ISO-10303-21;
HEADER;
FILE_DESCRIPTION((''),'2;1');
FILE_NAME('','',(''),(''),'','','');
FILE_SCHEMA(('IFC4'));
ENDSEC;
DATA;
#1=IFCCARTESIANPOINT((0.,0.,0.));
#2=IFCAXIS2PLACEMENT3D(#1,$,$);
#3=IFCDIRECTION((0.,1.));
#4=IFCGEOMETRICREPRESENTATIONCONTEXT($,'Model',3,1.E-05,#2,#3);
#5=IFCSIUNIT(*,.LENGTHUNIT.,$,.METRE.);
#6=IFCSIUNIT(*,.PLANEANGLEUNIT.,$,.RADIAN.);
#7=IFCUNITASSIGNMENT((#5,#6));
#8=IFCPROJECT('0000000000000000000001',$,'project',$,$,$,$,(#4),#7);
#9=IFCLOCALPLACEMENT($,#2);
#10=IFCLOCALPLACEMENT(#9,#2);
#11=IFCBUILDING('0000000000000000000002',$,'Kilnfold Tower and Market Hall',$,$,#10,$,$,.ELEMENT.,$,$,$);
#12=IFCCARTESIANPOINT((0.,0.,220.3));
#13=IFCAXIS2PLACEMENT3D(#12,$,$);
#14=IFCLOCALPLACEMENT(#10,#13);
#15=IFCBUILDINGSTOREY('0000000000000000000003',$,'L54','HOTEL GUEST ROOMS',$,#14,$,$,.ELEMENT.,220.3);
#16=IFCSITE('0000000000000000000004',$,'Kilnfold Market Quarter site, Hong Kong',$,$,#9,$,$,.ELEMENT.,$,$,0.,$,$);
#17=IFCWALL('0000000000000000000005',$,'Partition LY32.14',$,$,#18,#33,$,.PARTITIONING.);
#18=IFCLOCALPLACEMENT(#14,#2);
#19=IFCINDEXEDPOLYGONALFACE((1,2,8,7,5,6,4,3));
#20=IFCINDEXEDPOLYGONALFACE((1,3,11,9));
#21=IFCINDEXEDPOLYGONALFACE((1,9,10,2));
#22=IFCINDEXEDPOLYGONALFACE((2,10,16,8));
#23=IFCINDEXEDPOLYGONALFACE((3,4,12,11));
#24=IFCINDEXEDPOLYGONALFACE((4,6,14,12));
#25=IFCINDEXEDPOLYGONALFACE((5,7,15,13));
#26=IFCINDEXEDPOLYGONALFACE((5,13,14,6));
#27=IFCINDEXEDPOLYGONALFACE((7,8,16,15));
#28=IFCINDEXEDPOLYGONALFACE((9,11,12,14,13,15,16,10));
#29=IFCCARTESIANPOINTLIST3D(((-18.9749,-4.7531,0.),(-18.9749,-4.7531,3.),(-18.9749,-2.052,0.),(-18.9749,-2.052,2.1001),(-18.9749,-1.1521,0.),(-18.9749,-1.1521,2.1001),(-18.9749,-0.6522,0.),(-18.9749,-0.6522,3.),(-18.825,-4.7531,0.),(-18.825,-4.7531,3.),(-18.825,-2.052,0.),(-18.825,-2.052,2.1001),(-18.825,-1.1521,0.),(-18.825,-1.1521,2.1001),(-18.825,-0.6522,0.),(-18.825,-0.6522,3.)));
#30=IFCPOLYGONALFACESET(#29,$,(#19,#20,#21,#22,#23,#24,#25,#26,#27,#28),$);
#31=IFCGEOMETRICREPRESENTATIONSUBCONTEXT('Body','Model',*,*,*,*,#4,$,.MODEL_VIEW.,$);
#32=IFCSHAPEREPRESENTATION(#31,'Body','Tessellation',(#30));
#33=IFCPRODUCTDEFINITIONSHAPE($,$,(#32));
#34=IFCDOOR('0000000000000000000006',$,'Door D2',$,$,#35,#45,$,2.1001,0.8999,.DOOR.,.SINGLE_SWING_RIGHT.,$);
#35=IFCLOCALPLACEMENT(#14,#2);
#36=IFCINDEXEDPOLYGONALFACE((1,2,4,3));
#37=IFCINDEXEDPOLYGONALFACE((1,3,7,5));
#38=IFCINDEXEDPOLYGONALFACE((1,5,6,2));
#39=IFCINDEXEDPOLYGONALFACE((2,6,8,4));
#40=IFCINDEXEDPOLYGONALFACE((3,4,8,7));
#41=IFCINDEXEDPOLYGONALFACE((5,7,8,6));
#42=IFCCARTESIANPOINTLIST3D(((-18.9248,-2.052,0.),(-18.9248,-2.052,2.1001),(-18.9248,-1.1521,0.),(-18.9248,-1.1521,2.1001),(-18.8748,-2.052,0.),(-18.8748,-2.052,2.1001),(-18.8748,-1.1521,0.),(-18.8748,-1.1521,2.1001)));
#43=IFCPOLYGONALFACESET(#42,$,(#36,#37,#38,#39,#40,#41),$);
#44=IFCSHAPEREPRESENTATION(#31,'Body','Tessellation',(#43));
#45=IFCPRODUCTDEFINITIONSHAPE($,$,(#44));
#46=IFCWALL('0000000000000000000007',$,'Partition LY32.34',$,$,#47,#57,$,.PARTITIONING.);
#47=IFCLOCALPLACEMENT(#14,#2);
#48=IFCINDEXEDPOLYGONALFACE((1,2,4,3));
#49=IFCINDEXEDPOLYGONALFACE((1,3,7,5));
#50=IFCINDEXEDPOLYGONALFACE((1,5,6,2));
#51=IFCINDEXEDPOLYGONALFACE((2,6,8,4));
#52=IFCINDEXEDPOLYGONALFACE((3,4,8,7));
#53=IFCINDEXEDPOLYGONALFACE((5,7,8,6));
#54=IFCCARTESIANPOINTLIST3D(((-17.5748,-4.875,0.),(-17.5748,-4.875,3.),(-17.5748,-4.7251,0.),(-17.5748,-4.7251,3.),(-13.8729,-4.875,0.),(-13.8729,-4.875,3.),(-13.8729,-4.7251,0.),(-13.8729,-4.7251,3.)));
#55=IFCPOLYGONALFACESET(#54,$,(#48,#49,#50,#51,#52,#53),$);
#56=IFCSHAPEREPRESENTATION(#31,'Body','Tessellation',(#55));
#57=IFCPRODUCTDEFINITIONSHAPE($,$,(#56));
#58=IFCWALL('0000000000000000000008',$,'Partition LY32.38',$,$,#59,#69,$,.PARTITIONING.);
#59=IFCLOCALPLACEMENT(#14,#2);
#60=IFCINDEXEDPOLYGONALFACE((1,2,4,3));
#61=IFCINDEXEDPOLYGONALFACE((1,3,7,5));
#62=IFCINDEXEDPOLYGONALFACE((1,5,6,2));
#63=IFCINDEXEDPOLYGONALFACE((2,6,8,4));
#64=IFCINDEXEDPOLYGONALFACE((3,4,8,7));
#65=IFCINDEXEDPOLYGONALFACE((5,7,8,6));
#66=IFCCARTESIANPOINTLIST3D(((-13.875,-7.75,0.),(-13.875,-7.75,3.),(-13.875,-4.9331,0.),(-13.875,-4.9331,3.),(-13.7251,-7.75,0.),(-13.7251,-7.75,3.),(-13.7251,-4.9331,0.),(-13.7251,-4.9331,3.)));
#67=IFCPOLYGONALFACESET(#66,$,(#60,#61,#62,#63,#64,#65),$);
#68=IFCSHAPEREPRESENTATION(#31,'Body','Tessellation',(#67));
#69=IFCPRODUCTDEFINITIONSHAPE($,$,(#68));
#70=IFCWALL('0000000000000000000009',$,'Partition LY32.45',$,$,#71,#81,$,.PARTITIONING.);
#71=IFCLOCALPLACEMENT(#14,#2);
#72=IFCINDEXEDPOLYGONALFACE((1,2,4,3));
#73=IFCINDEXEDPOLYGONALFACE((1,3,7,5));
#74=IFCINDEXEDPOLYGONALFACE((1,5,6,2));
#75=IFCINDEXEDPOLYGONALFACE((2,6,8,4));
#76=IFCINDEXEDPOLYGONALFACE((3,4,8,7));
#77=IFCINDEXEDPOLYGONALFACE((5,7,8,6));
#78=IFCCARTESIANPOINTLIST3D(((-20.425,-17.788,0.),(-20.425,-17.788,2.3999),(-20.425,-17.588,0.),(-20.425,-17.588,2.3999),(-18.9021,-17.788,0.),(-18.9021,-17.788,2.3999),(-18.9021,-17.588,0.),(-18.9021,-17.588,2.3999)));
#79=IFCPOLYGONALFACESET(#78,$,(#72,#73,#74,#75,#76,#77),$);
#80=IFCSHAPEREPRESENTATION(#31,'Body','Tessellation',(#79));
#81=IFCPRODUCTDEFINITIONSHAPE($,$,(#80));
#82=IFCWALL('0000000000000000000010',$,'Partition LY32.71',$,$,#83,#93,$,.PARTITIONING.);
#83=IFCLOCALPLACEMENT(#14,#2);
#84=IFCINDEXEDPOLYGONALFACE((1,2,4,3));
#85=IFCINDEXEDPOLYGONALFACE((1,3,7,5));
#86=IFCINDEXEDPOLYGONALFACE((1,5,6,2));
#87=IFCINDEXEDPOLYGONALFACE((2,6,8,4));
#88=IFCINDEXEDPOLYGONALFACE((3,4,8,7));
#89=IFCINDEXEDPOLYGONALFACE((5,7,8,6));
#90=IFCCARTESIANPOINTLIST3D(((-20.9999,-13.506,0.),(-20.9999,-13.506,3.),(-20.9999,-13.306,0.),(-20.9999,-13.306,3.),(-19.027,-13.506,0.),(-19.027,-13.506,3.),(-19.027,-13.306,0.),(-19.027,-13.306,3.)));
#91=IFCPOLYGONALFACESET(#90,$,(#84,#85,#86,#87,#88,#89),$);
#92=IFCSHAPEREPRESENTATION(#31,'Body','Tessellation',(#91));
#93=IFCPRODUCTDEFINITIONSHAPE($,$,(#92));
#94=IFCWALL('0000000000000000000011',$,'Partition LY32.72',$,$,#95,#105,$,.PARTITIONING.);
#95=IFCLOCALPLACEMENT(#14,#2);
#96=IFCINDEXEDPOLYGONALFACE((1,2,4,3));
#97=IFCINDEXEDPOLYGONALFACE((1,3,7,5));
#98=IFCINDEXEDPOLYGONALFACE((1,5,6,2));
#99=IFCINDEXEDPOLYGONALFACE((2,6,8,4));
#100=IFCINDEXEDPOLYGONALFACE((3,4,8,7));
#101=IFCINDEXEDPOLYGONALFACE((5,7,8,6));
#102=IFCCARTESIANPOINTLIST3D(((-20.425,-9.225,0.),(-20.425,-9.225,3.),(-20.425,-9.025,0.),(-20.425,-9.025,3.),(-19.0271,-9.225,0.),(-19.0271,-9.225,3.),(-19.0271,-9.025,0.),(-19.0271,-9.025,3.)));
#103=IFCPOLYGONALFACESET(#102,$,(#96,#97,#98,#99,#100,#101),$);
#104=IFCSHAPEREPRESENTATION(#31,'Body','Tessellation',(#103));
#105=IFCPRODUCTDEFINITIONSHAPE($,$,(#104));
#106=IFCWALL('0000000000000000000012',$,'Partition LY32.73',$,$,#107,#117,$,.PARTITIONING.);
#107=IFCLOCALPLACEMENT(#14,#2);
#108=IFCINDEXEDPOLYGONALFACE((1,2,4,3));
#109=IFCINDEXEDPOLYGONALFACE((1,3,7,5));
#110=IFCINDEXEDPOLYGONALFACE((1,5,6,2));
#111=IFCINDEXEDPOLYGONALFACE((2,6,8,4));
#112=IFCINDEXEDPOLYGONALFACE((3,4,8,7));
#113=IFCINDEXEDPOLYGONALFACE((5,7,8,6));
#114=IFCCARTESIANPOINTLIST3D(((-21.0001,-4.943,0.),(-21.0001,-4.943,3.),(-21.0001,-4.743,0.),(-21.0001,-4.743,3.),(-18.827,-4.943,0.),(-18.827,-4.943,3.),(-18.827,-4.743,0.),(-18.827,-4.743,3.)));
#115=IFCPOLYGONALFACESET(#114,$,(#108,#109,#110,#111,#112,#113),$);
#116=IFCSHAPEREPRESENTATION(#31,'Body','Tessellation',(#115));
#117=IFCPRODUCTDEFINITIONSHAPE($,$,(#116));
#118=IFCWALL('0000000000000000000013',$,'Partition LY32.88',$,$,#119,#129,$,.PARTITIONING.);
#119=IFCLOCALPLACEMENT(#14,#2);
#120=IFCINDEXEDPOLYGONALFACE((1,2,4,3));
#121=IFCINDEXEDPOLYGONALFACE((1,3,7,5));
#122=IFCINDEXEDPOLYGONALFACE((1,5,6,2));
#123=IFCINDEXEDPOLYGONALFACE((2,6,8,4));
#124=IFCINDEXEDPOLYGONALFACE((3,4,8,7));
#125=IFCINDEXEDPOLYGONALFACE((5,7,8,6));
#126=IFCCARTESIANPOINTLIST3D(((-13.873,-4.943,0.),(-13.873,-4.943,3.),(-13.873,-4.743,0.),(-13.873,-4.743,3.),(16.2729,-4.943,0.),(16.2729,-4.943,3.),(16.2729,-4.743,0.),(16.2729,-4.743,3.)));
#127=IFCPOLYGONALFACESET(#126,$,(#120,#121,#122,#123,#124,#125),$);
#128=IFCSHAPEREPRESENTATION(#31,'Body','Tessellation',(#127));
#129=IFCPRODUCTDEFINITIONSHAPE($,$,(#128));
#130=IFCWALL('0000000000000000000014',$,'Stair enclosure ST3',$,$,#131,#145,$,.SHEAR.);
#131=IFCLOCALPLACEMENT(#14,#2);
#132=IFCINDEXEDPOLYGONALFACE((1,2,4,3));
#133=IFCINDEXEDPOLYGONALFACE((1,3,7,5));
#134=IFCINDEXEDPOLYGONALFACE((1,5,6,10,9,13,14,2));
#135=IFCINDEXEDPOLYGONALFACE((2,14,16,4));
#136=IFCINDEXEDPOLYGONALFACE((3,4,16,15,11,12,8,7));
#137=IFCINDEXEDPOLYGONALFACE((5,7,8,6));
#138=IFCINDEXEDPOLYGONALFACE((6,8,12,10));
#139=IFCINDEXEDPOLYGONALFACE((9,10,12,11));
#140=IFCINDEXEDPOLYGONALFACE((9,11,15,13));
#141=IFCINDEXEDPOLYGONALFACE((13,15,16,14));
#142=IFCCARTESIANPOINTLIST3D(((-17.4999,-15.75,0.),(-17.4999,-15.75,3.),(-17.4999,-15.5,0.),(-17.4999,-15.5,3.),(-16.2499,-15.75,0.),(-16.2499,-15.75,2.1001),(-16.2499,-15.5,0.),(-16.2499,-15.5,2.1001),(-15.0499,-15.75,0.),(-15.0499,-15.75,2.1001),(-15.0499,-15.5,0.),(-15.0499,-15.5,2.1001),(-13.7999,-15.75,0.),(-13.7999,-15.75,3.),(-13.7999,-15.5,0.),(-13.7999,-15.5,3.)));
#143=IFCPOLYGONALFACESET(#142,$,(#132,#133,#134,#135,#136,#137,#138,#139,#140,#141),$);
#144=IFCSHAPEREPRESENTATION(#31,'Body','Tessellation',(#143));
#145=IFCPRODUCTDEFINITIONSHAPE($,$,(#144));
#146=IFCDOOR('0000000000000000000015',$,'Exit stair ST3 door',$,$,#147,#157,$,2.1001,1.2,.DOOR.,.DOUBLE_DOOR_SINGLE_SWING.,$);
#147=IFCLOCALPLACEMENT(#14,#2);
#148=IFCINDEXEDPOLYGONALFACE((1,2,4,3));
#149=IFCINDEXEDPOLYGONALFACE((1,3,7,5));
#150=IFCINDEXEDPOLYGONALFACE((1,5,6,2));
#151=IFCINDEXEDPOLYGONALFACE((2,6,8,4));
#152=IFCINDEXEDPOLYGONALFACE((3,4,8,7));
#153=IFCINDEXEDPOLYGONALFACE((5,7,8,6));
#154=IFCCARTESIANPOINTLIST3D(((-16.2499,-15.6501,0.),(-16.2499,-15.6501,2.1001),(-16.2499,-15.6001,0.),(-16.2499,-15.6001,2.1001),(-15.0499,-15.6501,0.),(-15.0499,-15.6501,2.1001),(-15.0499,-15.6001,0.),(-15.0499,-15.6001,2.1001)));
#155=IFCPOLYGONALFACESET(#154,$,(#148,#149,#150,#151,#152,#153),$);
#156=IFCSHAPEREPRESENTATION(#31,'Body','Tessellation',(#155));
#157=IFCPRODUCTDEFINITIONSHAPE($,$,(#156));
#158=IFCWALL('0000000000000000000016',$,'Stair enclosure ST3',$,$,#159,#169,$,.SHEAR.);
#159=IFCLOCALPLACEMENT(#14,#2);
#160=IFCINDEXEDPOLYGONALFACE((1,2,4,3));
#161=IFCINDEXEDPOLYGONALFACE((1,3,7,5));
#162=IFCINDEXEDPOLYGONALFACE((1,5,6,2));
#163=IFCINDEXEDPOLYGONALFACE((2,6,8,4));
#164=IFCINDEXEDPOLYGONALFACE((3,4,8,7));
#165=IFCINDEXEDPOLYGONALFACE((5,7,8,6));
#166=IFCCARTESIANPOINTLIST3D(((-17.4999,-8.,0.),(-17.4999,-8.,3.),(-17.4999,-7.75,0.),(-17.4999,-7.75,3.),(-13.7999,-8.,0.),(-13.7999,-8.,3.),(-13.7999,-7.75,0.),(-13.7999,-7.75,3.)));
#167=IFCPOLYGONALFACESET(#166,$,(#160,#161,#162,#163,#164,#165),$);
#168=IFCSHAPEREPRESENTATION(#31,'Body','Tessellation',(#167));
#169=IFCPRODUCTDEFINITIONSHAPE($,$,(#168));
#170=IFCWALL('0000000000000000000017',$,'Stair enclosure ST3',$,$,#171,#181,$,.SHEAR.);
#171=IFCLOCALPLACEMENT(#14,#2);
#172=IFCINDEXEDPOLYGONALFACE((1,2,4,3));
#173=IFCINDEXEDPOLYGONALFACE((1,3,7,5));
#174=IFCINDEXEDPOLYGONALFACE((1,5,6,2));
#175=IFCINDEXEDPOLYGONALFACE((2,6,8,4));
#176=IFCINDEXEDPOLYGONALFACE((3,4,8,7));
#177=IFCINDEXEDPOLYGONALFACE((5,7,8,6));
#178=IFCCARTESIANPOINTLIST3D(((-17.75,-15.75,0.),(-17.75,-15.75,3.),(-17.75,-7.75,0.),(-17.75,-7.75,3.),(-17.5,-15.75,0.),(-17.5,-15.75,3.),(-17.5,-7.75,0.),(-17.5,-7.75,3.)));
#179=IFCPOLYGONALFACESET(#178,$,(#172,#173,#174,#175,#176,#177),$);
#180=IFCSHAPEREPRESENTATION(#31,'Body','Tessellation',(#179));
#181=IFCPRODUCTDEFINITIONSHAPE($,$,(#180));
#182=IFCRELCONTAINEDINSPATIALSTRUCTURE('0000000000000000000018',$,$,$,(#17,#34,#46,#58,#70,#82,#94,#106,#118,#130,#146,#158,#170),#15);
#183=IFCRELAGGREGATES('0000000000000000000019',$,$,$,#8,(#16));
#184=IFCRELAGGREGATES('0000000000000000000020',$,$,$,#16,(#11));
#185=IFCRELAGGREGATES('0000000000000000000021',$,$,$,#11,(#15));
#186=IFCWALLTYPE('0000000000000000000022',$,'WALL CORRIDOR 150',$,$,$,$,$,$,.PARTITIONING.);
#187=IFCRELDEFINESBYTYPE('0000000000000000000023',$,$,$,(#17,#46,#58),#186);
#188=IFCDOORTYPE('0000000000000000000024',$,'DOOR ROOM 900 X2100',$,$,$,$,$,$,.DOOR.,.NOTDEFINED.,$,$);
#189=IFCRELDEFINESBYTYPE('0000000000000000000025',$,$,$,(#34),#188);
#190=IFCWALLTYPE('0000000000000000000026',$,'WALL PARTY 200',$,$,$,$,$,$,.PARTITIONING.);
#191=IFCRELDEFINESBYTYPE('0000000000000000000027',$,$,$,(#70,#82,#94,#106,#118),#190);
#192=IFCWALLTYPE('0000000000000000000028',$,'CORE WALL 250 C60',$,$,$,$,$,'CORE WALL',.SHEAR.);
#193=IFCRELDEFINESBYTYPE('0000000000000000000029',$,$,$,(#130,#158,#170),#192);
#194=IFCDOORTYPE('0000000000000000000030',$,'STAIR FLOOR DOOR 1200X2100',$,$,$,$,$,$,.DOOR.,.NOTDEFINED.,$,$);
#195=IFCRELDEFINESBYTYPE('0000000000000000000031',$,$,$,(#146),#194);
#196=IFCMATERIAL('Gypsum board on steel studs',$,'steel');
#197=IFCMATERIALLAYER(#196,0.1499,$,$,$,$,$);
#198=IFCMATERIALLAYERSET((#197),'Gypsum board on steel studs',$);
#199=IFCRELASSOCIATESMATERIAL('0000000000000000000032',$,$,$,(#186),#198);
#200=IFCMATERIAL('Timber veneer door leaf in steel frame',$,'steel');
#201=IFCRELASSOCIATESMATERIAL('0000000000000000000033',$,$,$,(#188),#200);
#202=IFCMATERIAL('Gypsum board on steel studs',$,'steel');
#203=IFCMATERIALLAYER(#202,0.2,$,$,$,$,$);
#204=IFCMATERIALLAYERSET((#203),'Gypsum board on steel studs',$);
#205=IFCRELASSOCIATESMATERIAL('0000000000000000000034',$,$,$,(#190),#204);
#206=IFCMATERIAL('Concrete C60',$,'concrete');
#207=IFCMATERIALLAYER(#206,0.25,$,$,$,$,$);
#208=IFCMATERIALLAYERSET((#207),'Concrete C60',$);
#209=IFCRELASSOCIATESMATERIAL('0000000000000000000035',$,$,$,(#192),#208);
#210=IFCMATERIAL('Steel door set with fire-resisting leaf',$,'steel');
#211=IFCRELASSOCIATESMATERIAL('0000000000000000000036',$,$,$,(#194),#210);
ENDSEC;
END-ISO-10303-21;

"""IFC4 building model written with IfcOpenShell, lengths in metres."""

from ifc_helpers import new_model, si_unit, direction, frame, frame_2d, origin, place, context, subcontext, project, spatial, rectangle, extrude, source, transform, mapped, material, layer, layer_set, type_object, element, fill, save


model = new_model("IFC4")

# Units and contexts
model_context = context("Model", 3, precision=1e-05, world=origin(), true_north=direction((0.0, 1.0)))
body_context = subcontext(model_context, "Body", "Model", "MODEL_VIEW")
ifc_project = project(units=[si_unit("LENGTHUNIT", "METRE"), si_unit("PLANEANGLEUNIT", "RADIAN")], contexts=[model_context])

# Site, building, storey
site_placement = place(None, origin())
site = spatial("IfcSite", under=ifc_project, at=site_placement, Name="Kilnfold Market Quarter site, Hong Kong", CompositionType="ELEMENT", RefElevation=0.0)
building_placement = place(site_placement, origin())
building = spatial("IfcBuilding", under=site, at=building_placement, Name="Kilnfold Tower and Market Hall", CompositionType="ELEMENT")
storey_placement = place(building_placement, frame((0.0, 0.0, 220.3)))
storey = spatial("IfcBuildingStorey", under=building, at=storey_placement, Name="L54", Description="HOTEL GUEST ROOMS", CompositionType="ELEMENT", Elevation=220.3)

# Shared definitions
ifc_material_1 = material(Name="Gypsum board on steel studs", Category="steel")
ifc_layer_1 = layer(ifc_material_1, 0.1499)
ifc_layer_set_1 = layer_set([ifc_layer_1], Name="Gypsum board on steel studs")
wall_type_1 = type_object("IfcWallType", Name="WALL CORRIDOR 150", PredefinedType="PARTITIONING", material=ifc_layer_set_1)

# Shared definitions
ifc_material_2 = material(Name="Timber veneer door leaf in steel frame", Category="steel")
door_type_1 = type_object("IfcDoorType", Name="DOOR ROOM 900 X2100", OperationType="NOTDEFINED", PredefinedType="DOOR", material=ifc_material_2)

# Wall, opening, door
wall_1_placement = place(storey_placement, frame((-18.8999, -4.7529, 0.0), z_axis=(0.0, 0.0, 1.0), x_axis=(0.0, 1.0, 0.0)))
wall_1 = element("IfcWall", 1, at=wall_1_placement, inside=storey, type_object=wall_type_1, Name="Partition LY32.14", PredefinedType="PARTITIONING", context=body_context, shape_type="SweptSolid", body=[
    extrude(rectangle(XDim=4.1008, YDim=0.1499, at=frame_2d((2.0503, 0.0))), origin(), (0.0, 0.0, 1.0), 3.0),
])
opening_1_placement = place(wall_1_placement, frame((2.7009, 0.0, 0.0)))
opening_1 = element("IfcOpeningElement", 2, at=opening_1_placement, cuts=wall_1, PredefinedType="OPENING", context=body_context, shape_type="SweptSolid", body=[
    extrude(rectangle(XDim=0.8999, YDim=2.1001, at=frame_2d((0.45, 1.05))), frame((0.0, 0.085, 0.0), z_axis=(0.0, -1.0, 0.0), x_axis=(1.0, 0.0, 0.0)), (0.0, 0.0, 1.0), 0.1699),
])
door_1_placement = place(opening_1_placement, origin())
door_1 = element("IfcDoor", 3, at=door_1_placement, inside=storey, type_object=door_type_1, Name="Door D2", OperationType="SINGLE_SWING_RIGHT", OverallHeight=2.1001, OverallWidth=0.8999, PredefinedType="DOOR", context=body_context, shape_type="SweptSolid", body=[
    extrude(rectangle(XDim=0.8999, YDim=2.1001, at=frame_2d((0.45, 1.05))), frame((0.0, 0.0249, 0.0), z_axis=(0.0, -1.0, 0.0), x_axis=(1.0, 0.0, 0.0)), (0.0, 0.0, 1.0), 0.05),
])
fill(opening_1, door_1)

# Walls
wall_2_placement = place(storey_placement, frame((-17.575, -4.8, 0.0), z_axis=(0.0, 0.0, 1.0), x_axis=(1.0, 0.0, 0.0)))
element("IfcWall", 4, at=wall_2_placement, inside=storey, type_object=wall_type_1, Name="Partition LY32.34", PredefinedType="PARTITIONING", context=body_context, shape_type="SweptSolid", body=[
    extrude(rectangle(XDim=3.7019, YDim=0.1499, at=frame_2d((1.8511, 0.0))), origin(), (0.0, 0.0, 1.0), 3.0),
])
wall_3_placement = place(storey_placement, frame((-13.8, -7.75, 0.0), z_axis=(0.0, 0.0, 1.0), x_axis=(0.0, 1.0, 0.0)))
element("IfcWall", 5, at=wall_3_placement, inside=storey, type_object=wall_type_1, Name="Partition LY32.38", PredefinedType="PARTITIONING", context=body_context, shape_type="SweptSolid", body=[
    extrude(rectangle(XDim=2.8169, YDim=0.1499, at=frame_2d((1.4084, 0.0))), origin(), (0.0, 0.0, 1.0), 3.0),
])
ifc_material_3 = material(Name="Gypsum board on steel studs", Category="steel")
ifc_layer_2 = layer(ifc_material_3, 0.2)
ifc_layer_set_2 = layer_set([ifc_layer_2], Name="Gypsum board on steel studs")
wall_type_2 = type_object("IfcWallType", Name="WALL PARTY 200", PredefinedType="PARTITIONING", material=ifc_layer_set_2)
wall_4_placement = place(storey_placement, frame((-20.425, -17.688, 0.0), z_axis=(0.0, 0.0, 1.0), x_axis=(1.0, 0.0, 0.0)))
element("IfcWall", 6, at=wall_4_placement, inside=storey, type_object=wall_type_2, Name="Partition LY32.45", PredefinedType="PARTITIONING", context=body_context, shape_type="SweptSolid", body=[
    extrude(rectangle(XDim=1.5229, YDim=0.2, at=frame_2d((0.7615, 0.0))), origin(), (0.0, 0.0, 1.0), 2.3999),
])
wall_5_placement = place(storey_placement, frame((-19.0271, -13.406, 0.0), z_axis=(0.0, 0.0, 1.0), x_axis=(-1.0, 0.0, 0.0)))
element("IfcWall", 7, at=wall_5_placement, inside=storey, type_object=wall_type_2, Name="Partition LY32.71", PredefinedType="PARTITIONING", context=body_context, shape_type="SweptSolid", body=[
    extrude(rectangle(XDim=1.9729, YDim=0.2, at=frame_2d((0.9863, 0.0))), origin(), (0.0, 0.0, 1.0), 3.0),
])
wall_6_placement = place(storey_placement, frame((-20.425, -9.125, 0.0), z_axis=(0.0, 0.0, 1.0), x_axis=(1.0, 0.0, 0.0)))
element("IfcWall", 8, at=wall_6_placement, inside=storey, type_object=wall_type_2, Name="Partition LY32.72", PredefinedType="PARTITIONING", context=body_context, shape_type="SweptSolid", body=[
    extrude(rectangle(XDim=1.3979, YDim=0.2, at=frame_2d((0.699, 0.0))), origin(), (0.0, 0.0, 1.0), 3.0),
])
wall_7_placement = place(storey_placement, frame((-21.0, -4.843, 0.0), z_axis=(0.0, 0.0, 1.0), x_axis=(1.0, 0.0, 0.0)))
element("IfcWall", 9, at=wall_7_placement, inside=storey, type_object=wall_type_2, Name="Partition LY32.73", PredefinedType="PARTITIONING", context=body_context, shape_type="SweptSolid", body=[
    extrude(rectangle(XDim=2.1731, YDim=0.2, at=frame_2d((1.0864, 0.0))), origin(), (0.0, 0.0, 1.0), 3.0),
])
wall_8_placement = place(storey_placement, frame((-13.873, -4.843, 0.0), z_axis=(0.0, 0.0, 1.0), x_axis=(1.0, 0.0, 0.0)))
element("IfcWall", 10, at=wall_8_placement, inside=storey, type_object=wall_type_2, Name="Partition LY32.88", PredefinedType="PARTITIONING", context=body_context, shape_type="SweptSolid", body=[
    extrude(rectangle(XDim=30.146, YDim=0.2, at=frame_2d((15.073, 0.0))), origin(), (0.0, 0.0, 1.0), 3.0),
])

# Wall, opening, door
ifc_material_4 = material(Name="Concrete C60", Category="concrete")
ifc_layer_3 = layer(ifc_material_4, 0.25)
ifc_layer_set_3 = layer_set([ifc_layer_3], Name="Concrete C60")
wall_type_3 = type_object("IfcWallType", Name="CORE WALL 250 C60", ElementType="CORE WALL", PredefinedType="SHEAR", material=ifc_layer_set_3)
shared_shape_1 = source(origin(), body_context, "Body", "SweptSolid", [
    extrude(rectangle(XDim=3.7, YDim=0.25, at=frame_2d((1.8501, 0.0))), origin(), (0.0, 0.0, 1.0), 3.0),
])
wall_9_placement = place(storey_placement, frame((-17.5, -15.625, 0.0), z_axis=(0.0, 0.0, 1.0), x_axis=(1.0, 0.0, 0.0)))
wall_9 = element("IfcWall", 11, at=wall_9_placement, inside=storey, type_object=wall_type_3, Name="Stair enclosure ST3", PredefinedType="SHEAR", context=body_context, shape_type="MappedRepresentation", body=[
    mapped(shared_shape_1, transform((0.0, 0.0, 0.0))),
])
opening_2_placement = place(wall_9_placement, frame((1.25, 0.0, 0.0)))
opening_2 = element("IfcOpeningElement", 12, at=opening_2_placement, cuts=wall_9, PredefinedType="OPENING", context=body_context, shape_type="SweptSolid", body=[
    extrude(rectangle(XDim=1.2, YDim=2.1001, at=frame_2d((0.6001, 1.05))), frame((0.0, 0.135, 0.0), z_axis=(0.0, -1.0, 0.0), x_axis=(1.0, 0.0, 0.0)), (0.0, 0.0, 1.0), 0.27),
])
ifc_material_5 = material(Name="Steel door set with fire-resisting leaf", Category="steel")
door_type_2 = type_object("IfcDoorType", Name="STAIR FLOOR DOOR 1200X2100", OperationType="NOTDEFINED", PredefinedType="DOOR", material=ifc_material_5)
door_2_placement = place(opening_2_placement, origin())
door_2 = element("IfcDoor", 13, at=door_2_placement, inside=storey, type_object=door_type_2, Name="Exit stair ST3 door", OperationType="DOUBLE_DOOR_SINGLE_SWING", OverallHeight=2.1001, OverallWidth=1.2, PredefinedType="DOOR", context=body_context, shape_type="SweptSolid", body=[
    extrude(rectangle(XDim=1.2, YDim=2.1001, at=frame_2d((0.6001, 1.05))), frame((0.0, 0.0249, 0.0), z_axis=(0.0, -1.0, 0.0), x_axis=(1.0, 0.0, 0.0)), (0.0, 0.0, 1.0), 0.05),
])
fill(opening_2, door_2)

# Walls
wall_10_placement = place(storey_placement, frame((-17.5, -7.875, 0.0), z_axis=(0.0, 0.0, 1.0), x_axis=(1.0, 0.0, 0.0)))
element("IfcWall", 14, at=wall_10_placement, inside=storey, type_object=wall_type_3, Name="Stair enclosure ST3", PredefinedType="SHEAR", context=body_context, shape_type="MappedRepresentation", body=[
    mapped(shared_shape_1, transform((0.0, 0.0, 0.0))),
])
shared_shape_2 = source(origin(), body_context, "Body", "SweptSolid", [
    extrude(rectangle(XDim=8.0, YDim=0.25, at=frame_2d((4.0, 0.0))), origin(), (0.0, 0.0, 1.0), 3.0),
])
for number, where, z_axis, x_axis, name in (
    (15, (-17.625, -15.75, 0.0), (0.0, 0.0, 1.0), (0.0, 1.0, 0.0), "Stair enclosure ST3"),
):
    element("IfcWall", number, at=place(storey_placement, frame(where, z_axis=z_axis, x_axis=x_axis)), inside=storey, type_object=wall_type_3, Name=name, PredefinedType="SHEAR", context=body_context, shape_type="MappedRepresentation", body=[
        mapped(shared_shape_2, transform((0.0, 0.0, 0.0))),
    ])

save(model, "model.ifc")
